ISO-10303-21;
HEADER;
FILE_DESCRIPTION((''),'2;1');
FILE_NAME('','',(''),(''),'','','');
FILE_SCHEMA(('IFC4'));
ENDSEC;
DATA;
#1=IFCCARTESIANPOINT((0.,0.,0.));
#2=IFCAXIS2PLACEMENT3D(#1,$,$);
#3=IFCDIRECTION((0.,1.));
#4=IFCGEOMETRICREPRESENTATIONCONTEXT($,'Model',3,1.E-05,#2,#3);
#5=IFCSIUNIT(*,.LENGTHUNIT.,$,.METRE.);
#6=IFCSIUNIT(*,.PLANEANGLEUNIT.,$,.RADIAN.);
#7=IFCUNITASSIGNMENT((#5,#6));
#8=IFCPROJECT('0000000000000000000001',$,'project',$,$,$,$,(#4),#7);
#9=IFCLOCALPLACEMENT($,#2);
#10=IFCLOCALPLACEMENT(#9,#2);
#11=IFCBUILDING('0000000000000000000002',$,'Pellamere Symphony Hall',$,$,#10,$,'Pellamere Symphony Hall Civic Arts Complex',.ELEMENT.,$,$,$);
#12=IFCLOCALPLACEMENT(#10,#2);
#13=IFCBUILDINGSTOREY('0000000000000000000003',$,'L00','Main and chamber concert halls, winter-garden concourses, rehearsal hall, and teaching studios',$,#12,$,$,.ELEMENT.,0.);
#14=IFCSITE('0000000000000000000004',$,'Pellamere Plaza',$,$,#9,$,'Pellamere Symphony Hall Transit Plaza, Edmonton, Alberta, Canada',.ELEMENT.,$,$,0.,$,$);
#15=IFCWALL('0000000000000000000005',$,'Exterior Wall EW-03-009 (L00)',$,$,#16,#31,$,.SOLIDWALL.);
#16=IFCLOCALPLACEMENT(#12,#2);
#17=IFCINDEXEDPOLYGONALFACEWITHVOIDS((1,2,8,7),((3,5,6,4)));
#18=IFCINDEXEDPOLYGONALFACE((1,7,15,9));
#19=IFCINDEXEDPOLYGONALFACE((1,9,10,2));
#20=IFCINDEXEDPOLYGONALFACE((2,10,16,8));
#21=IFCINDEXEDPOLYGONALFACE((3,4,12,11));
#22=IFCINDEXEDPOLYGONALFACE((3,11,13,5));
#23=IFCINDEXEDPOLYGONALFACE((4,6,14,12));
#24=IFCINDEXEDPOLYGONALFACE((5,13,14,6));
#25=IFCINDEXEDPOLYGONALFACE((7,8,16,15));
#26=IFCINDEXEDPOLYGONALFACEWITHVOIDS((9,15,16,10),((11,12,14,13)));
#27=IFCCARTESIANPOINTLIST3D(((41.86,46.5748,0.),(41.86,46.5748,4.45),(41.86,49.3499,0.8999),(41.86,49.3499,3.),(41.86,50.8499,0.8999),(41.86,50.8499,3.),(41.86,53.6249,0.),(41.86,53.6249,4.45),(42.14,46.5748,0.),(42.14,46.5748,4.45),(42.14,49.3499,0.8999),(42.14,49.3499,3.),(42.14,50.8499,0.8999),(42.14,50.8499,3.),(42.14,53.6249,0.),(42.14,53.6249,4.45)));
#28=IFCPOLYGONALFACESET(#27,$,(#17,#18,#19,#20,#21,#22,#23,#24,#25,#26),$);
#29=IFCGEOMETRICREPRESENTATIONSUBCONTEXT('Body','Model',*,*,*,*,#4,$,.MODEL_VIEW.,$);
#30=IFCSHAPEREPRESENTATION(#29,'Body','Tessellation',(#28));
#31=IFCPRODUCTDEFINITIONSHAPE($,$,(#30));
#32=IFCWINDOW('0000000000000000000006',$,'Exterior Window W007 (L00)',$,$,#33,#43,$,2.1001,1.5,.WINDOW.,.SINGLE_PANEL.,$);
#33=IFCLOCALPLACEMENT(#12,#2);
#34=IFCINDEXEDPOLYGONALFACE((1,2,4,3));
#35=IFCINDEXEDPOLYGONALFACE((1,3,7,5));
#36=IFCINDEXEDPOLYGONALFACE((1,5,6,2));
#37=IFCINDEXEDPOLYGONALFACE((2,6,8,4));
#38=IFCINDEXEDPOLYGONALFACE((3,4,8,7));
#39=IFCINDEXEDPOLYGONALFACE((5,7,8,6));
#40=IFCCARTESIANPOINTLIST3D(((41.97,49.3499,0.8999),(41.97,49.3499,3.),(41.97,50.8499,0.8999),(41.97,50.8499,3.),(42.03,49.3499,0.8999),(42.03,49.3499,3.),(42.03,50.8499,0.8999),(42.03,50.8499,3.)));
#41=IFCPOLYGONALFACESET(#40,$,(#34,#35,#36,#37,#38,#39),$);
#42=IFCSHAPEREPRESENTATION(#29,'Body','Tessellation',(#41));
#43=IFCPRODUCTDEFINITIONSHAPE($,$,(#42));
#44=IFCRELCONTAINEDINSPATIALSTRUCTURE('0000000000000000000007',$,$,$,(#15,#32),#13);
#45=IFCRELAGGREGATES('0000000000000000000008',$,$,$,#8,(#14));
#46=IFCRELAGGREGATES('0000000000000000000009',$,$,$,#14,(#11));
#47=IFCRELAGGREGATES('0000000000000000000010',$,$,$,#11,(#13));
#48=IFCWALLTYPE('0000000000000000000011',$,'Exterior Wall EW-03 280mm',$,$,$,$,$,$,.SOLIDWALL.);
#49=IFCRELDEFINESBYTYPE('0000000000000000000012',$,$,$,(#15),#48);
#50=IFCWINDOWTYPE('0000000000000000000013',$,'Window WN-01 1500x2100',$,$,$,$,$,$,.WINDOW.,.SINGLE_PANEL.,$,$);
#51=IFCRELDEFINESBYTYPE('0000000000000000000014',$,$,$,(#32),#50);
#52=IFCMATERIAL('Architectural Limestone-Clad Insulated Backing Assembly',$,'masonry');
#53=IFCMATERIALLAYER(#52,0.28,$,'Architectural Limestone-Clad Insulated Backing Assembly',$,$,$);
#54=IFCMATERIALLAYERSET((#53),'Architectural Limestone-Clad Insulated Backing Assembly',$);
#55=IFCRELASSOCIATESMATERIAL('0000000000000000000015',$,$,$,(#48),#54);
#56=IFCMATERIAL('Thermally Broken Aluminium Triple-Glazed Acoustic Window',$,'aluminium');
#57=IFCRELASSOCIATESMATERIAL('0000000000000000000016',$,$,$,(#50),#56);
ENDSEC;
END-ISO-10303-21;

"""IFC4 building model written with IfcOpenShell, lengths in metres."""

from ifc_helpers import new_model, si_unit, direction, frame, frame_2d, origin, place, context, subcontext, project, spatial, rectangle, extrude, material, layer, layer_set, type_object, element, fill, save


model = new_model("IFC4")

# Units and contexts
model_context = context("Model", 3, precision=1e-05, world=origin(), true_north=direction((0.0, 1.0)))
body_context = subcontext(model_context, "Body", "Model", "MODEL_VIEW")
ifc_project = project(units=[si_unit("LENGTHUNIT", "METRE"), si_unit("PLANEANGLEUNIT", "RADIAN")], contexts=[model_context])

# Site, building, storey
site_placement = place(None, origin())
site = spatial("IfcSite", under=ifc_project, at=site_placement, Name="Pellamere Plaza", LongName="Pellamere Symphony Hall Transit Plaza, Edmonton, Alberta, Canada", CompositionType="ELEMENT", RefElevation=0.0)
building_placement = place(site_placement, origin())
building = spatial("IfcBuilding", under=site, at=building_placement, Name="Pellamere Symphony Hall", LongName="Pellamere Symphony Hall Civic Arts Complex", CompositionType="ELEMENT")
storey_placement = place(building_placement, origin())
storey = spatial("IfcBuildingStorey", under=building, at=storey_placement, Name="L00", Description="Main and chamber concert halls, winter-garden concourses, rehearsal hall, and teaching studios", CompositionType="ELEMENT", Elevation=0.0)

# Wall, opening, window
ifc_material_1 = material(Name="Architectural Limestone-Clad Insulated Backing Assembly", Category="masonry")
ifc_layer_1 = layer(ifc_material_1, 0.28, Name="Architectural Limestone-Clad Insulated Backing Assembly")
ifc_layer_set_1 = layer_set([ifc_layer_1], Name="Architectural Limestone-Clad Insulated Backing Assembly")
wall_type = type_object("IfcWallType", Name="Exterior Wall EW-03 280mm", PredefinedType="SOLIDWALL", material=ifc_layer_set_1)
wall_placement = place(storey_placement, frame((42.0, 46.575, 0.0), z_axis=(0.0, 0.0, 1.0), x_axis=(0.0, 1.0, 0.0)))
wall = element("IfcWall", 1, at=wall_placement, inside=storey, type_object=wall_type, Name="Exterior Wall EW-03-009 (L00)", PredefinedType="SOLIDWALL", context=body_context, shape_type="SweptSolid", body=[
    extrude(rectangle(XDim=7.05, YDim=0.28, at=frame_2d((3.5249, 0.0))), origin(), (0.0, 0.0, 1.0), 4.45),
])
opening_placement = place(wall_placement, frame((2.7749, 0.0, 0.8999)))
opening = element("IfcOpeningElement", 2, at=opening_placement, cuts=wall, PredefinedType="OPENING", context=body_context, shape_type="SweptSolid", body=[
    extrude(rectangle(XDim=1.5, YDim=2.1001, at=frame_2d((0.75, 1.05))), frame((0.0, 0.1499, 0.0), z_axis=(0.0, -1.0, 0.0), x_axis=(1.0, 0.0, 0.0)), (0.0, 0.0, 1.0), 0.3),
])
ifc_material_2 = material(Name="Thermally Broken Aluminium Triple-Glazed Acoustic Window", Category="aluminium")
window_type = type_object("IfcWindowType", Name="Window WN-01 1500x2100", PartitioningType="SINGLE_PANEL", PredefinedType="WINDOW", material=ifc_material_2)
window_placement = place(opening_placement, origin())
window = element("IfcWindow", 3, at=window_placement, inside=storey, type_object=window_type, Name="Exterior Window W007 (L00)", OverallHeight=2.1001, OverallWidth=1.5, PartitioningType="SINGLE_PANEL", PredefinedType="WINDOW", context=body_context, shape_type="SweptSolid", body=[
    extrude(rectangle(XDim=1.5, YDim=2.1001, at=frame_2d((0.75, 1.05))), frame((0.0, 0.03, 0.0), z_axis=(0.0, -1.0, 0.0), x_axis=(1.0, 0.0, 0.0)), (0.0, 0.0, 1.0), 0.0601),
])
fill(opening, window)

save(model, "model.ifc")
